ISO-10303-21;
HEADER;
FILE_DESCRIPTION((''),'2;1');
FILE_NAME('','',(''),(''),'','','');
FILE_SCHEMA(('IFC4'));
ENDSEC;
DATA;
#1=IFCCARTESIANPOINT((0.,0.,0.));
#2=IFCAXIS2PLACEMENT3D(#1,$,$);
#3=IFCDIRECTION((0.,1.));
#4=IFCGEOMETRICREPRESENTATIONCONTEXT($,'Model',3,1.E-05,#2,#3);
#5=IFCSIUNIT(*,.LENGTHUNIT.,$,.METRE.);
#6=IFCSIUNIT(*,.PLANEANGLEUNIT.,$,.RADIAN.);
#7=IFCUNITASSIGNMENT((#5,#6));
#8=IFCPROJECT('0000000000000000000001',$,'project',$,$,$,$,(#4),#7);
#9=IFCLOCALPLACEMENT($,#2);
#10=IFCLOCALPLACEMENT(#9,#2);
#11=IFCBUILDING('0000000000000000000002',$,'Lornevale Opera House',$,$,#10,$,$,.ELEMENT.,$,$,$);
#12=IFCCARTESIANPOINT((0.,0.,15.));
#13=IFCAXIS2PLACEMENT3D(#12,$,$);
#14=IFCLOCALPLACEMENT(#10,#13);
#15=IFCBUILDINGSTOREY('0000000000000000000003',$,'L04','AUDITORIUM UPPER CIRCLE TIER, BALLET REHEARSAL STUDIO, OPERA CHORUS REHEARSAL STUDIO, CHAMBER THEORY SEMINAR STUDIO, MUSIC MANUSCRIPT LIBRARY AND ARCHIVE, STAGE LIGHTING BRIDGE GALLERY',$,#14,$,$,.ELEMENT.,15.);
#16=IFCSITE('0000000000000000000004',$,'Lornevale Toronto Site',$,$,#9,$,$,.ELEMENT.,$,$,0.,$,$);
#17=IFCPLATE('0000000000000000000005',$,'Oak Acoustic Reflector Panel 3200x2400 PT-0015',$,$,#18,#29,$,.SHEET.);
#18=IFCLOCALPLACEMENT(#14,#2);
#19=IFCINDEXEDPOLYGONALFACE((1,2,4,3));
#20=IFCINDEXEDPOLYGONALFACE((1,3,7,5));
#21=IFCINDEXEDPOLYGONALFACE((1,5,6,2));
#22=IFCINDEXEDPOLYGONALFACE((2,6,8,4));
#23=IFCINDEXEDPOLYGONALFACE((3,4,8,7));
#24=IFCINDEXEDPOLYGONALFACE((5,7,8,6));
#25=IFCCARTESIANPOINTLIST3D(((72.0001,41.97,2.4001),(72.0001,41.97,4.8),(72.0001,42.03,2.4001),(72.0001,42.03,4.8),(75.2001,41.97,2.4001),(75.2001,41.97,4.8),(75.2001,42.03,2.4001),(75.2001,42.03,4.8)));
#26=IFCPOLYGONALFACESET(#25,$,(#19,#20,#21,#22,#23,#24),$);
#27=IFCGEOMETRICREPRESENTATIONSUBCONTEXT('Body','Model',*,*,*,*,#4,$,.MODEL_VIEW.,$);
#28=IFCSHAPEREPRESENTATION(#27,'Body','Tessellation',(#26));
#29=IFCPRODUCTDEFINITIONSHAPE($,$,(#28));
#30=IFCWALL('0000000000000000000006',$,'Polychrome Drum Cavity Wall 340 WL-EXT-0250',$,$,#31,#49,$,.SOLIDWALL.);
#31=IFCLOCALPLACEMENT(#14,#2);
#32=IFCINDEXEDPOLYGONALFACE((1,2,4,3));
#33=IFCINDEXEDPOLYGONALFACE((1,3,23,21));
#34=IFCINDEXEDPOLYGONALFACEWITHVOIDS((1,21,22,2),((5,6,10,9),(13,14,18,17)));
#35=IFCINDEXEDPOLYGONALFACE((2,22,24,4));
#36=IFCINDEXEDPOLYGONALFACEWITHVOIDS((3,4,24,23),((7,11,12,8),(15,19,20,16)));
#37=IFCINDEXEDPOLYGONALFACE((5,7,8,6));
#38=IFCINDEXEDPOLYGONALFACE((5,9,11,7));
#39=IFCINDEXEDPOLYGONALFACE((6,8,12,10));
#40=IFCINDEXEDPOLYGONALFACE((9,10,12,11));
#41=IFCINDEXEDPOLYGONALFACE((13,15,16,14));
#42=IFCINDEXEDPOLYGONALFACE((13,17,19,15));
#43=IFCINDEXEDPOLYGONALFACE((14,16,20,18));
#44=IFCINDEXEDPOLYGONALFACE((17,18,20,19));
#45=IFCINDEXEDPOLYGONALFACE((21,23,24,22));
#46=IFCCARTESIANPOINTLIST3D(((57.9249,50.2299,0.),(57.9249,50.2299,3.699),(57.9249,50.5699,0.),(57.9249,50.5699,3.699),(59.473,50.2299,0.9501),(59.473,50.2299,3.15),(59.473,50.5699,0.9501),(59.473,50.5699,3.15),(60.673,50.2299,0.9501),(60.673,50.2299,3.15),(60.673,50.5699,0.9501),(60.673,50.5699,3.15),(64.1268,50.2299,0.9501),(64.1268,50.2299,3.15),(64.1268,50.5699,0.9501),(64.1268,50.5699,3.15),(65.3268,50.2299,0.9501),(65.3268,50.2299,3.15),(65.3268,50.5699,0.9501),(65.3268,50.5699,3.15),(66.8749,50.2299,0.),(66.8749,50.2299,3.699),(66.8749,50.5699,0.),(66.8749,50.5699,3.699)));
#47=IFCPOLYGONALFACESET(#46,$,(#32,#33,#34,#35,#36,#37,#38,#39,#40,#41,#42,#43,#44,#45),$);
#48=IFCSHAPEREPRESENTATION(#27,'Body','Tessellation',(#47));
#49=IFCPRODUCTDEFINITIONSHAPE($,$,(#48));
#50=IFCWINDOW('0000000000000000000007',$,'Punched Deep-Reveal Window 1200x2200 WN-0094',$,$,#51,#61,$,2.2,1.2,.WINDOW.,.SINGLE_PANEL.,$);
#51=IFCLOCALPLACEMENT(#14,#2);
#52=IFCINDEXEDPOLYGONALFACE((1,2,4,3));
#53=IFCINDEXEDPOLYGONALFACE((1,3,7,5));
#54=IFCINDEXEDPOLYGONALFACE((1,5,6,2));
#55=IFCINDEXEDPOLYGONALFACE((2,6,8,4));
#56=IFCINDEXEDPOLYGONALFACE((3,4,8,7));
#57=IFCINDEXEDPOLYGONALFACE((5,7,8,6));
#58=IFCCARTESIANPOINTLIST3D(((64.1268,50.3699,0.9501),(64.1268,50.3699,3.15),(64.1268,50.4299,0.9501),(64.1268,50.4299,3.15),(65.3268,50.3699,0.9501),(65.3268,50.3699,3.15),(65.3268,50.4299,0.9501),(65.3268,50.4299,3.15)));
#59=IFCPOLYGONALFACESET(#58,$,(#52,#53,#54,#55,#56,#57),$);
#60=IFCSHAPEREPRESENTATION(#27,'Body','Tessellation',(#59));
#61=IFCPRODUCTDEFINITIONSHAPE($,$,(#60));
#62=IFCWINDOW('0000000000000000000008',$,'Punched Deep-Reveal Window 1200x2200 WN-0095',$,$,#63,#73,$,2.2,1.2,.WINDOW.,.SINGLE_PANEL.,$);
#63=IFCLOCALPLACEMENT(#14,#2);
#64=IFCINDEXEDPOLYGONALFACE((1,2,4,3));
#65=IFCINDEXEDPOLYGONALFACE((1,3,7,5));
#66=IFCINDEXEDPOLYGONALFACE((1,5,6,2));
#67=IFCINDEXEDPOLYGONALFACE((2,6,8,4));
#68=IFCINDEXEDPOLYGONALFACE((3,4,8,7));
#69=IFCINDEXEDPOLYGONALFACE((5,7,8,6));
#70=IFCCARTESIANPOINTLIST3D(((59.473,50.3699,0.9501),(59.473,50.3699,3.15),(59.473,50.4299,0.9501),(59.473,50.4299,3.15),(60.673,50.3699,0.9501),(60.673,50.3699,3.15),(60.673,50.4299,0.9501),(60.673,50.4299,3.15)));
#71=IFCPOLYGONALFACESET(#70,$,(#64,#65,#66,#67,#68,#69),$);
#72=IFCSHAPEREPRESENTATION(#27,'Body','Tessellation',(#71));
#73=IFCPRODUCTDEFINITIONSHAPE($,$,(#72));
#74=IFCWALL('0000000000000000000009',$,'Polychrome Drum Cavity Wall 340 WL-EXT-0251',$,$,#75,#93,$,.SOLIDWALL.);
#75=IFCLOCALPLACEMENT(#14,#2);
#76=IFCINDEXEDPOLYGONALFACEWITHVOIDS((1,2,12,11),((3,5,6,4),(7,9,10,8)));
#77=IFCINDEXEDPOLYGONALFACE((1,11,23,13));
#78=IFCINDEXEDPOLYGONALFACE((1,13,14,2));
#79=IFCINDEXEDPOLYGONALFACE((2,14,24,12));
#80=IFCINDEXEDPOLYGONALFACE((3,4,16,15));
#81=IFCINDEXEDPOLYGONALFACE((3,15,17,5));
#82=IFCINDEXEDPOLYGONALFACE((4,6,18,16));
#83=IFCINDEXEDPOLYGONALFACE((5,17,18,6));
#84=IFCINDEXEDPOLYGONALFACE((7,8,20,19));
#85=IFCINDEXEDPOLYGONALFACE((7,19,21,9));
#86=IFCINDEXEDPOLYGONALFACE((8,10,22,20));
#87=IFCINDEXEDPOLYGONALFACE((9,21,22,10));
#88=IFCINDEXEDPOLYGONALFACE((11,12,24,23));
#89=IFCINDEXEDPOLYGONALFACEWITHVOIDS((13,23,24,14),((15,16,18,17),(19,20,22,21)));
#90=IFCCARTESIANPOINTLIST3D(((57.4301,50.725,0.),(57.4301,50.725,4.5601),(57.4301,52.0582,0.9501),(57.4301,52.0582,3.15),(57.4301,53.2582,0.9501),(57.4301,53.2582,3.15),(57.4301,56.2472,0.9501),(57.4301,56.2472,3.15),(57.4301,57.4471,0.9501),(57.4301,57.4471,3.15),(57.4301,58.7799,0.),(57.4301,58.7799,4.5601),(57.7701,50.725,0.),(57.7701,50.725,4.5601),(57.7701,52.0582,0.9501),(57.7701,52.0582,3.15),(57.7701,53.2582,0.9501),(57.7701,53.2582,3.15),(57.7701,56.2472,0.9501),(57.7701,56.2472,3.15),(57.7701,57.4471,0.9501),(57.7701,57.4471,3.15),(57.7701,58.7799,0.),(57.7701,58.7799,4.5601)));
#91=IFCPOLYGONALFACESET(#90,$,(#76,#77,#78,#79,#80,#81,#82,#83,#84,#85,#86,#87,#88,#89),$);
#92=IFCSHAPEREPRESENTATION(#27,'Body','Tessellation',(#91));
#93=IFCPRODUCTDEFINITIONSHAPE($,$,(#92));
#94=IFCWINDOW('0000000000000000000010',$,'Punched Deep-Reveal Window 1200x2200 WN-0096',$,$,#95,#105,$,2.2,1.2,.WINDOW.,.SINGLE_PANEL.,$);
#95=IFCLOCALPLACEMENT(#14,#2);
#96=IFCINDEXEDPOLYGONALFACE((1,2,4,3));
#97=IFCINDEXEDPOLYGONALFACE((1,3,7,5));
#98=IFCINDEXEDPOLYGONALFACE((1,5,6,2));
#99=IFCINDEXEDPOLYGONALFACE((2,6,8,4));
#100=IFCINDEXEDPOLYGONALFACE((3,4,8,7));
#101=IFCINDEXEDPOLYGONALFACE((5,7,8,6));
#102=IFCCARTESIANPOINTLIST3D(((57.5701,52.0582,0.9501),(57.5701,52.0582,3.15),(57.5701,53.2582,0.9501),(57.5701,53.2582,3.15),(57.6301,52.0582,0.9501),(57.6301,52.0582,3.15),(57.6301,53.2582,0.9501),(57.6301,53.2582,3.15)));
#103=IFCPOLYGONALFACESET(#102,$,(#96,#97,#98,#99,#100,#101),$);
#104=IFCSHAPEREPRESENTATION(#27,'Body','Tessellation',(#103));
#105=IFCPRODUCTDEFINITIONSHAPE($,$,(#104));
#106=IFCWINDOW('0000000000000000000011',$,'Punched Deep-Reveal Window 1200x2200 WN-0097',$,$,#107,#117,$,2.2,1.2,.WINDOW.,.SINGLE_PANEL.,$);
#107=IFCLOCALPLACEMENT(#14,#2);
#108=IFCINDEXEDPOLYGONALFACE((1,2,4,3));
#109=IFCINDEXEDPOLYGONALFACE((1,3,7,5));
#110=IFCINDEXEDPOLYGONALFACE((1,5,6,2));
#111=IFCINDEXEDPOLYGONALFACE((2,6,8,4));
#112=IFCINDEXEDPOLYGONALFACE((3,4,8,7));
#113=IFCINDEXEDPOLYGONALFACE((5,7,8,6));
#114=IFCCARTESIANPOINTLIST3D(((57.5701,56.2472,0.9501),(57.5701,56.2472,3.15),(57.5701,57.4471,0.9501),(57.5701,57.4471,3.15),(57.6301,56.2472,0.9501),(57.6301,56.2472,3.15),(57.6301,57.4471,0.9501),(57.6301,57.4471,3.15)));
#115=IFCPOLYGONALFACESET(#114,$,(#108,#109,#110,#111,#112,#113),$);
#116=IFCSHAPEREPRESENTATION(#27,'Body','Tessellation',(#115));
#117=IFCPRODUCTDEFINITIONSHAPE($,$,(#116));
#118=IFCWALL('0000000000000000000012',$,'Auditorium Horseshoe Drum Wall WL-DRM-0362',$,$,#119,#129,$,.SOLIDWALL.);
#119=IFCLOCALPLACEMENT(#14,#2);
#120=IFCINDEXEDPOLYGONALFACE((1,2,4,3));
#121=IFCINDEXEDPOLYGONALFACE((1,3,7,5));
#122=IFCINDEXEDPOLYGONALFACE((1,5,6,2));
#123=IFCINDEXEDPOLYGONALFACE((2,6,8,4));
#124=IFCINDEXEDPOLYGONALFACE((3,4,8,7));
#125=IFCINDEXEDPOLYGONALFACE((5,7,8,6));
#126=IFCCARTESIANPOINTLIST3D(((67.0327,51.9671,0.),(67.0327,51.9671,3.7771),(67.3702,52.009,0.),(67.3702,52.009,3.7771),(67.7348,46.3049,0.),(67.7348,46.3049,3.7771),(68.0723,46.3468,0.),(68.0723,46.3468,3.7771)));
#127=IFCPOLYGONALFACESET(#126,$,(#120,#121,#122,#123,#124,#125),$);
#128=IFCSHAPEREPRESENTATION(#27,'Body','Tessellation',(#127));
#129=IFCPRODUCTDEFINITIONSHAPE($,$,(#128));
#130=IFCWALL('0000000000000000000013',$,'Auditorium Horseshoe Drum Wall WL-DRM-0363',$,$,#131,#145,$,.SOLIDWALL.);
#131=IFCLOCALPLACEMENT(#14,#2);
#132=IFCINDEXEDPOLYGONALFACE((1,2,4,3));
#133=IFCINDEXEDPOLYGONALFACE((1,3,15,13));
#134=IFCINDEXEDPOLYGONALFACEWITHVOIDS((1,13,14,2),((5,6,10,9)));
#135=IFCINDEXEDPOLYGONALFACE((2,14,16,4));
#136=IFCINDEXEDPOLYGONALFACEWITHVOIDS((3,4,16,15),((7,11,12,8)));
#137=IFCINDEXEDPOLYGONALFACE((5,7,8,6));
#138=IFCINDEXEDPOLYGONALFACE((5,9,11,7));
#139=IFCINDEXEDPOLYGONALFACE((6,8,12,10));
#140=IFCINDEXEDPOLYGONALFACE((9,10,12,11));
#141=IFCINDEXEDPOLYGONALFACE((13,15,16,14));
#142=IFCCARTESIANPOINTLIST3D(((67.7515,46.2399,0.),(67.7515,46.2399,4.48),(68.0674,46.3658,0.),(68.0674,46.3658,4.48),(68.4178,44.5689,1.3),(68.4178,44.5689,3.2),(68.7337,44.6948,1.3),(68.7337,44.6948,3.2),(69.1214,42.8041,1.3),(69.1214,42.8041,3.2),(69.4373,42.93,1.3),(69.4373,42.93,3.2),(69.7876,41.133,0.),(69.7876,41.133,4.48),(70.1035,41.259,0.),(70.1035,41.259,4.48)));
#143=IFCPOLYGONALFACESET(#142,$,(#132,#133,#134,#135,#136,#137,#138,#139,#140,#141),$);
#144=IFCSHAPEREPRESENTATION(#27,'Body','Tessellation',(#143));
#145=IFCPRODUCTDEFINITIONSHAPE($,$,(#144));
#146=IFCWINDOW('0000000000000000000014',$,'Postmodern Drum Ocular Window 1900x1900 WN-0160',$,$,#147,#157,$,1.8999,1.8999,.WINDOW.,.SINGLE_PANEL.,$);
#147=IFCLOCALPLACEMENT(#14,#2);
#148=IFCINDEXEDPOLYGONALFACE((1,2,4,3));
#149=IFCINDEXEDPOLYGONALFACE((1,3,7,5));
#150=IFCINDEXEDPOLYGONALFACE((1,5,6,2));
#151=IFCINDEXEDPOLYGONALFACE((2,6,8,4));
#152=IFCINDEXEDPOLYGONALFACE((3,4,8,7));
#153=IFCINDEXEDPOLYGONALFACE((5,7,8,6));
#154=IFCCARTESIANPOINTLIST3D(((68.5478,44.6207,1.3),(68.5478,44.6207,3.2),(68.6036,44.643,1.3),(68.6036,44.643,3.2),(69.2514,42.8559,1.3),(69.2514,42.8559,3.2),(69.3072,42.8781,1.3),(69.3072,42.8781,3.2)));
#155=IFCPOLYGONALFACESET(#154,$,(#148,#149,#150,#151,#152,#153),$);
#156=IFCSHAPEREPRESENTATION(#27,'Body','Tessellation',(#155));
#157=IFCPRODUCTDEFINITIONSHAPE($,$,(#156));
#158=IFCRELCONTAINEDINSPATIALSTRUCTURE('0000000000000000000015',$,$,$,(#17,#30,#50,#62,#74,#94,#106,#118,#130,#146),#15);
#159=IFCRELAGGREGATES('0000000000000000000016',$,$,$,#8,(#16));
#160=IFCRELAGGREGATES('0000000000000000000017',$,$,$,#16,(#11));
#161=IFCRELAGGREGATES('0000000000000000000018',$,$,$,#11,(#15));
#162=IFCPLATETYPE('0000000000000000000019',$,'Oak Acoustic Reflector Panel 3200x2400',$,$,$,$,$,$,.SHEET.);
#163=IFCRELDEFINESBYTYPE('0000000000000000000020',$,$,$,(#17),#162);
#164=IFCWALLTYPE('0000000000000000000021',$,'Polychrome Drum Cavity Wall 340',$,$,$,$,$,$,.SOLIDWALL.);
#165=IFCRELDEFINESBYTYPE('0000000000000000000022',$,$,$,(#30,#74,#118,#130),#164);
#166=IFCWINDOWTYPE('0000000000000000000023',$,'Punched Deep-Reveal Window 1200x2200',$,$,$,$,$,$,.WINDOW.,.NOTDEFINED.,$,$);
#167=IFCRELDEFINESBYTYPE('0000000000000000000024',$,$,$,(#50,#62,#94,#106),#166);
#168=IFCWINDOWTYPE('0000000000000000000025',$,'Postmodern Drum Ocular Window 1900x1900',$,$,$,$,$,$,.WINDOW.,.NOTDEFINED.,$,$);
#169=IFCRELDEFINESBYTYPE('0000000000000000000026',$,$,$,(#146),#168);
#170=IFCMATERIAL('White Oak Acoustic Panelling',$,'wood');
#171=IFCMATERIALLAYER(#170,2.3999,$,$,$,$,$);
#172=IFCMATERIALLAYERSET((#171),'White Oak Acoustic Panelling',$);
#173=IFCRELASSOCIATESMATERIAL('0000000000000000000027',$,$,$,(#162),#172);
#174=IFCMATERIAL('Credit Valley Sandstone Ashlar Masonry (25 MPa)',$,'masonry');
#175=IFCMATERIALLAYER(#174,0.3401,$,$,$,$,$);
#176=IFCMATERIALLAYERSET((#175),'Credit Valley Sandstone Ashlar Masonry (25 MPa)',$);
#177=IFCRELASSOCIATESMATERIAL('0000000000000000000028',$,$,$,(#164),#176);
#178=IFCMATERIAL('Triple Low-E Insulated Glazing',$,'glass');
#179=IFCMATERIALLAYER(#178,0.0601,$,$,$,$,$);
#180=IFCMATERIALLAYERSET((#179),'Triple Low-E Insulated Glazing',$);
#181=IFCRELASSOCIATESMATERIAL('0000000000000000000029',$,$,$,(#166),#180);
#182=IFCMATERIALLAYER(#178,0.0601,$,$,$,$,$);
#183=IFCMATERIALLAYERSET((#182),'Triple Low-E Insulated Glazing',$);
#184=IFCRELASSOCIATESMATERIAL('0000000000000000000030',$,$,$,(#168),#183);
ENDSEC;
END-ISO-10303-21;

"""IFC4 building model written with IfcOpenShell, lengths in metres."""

from ifc_helpers import new_model, si_unit, direction, frame, frame_2d, origin, origin_2d, place, context, subcontext, project, spatial, rectangle, extrude, material, layer, layer_set, type_object, element, fill, save


model = new_model("IFC4")

# Units and contexts
model_context = context("Model", 3, precision=1e-05, world=origin(), true_north=direction((0.0, 1.0)))
body_context = subcontext(model_context, "Body", "Model", "MODEL_VIEW")
ifc_project = project(units=[si_unit("LENGTHUNIT", "METRE"), si_unit("PLANEANGLEUNIT", "RADIAN")], contexts=[model_context])

# Site, building, storey
site_placement = place(None, origin())
site = spatial("IfcSite", under=ifc_project, at=site_placement, Name="Lornevale Toronto Site", CompositionType="ELEMENT", RefElevation=0.0)
building_placement = place(site_placement, origin())
building = spatial("IfcBuilding", under=site, at=building_placement, Name="Lornevale Opera House", CompositionType="ELEMENT")
storey_placement = place(building_placement, frame((0.0, 0.0, 15.0)))
storey = spatial("IfcBuildingStorey", under=building, at=storey_placement, Name="L04", Description="AUDITORIUM UPPER CIRCLE TIER, BALLET REHEARSAL STUDIO, OPERA CHORUS REHEARSAL STUDIO, CHAMBER THEORY SEMINAR STUDIO, MUSIC MANUSCRIPT LIBRARY AND ARCHIVE, STAGE LIGHTING BRIDGE GALLERY", CompositionType="ELEMENT", Elevation=15.0)

# Plate
ifc_material_1 = material(Name="White Oak Acoustic Panelling", Category="wood")
ifc_layer_1 = layer(ifc_material_1, 2.3999)
ifc_layer_set_1 = layer_set([ifc_layer_1], Name="White Oak Acoustic Panelling")
plate_type = type_object("IfcPlateType", Name="Oak Acoustic Reflector Panel 3200x2400", PredefinedType="SHEET", material=ifc_layer_set_1)
plate_placement = place(storey_placement, frame((73.6001, 42.0, 2.4001), z_axis=(0.0, 0.0, 1.0), x_axis=(1.0, 0.0, 0.0)))
element("IfcPlate", 1, at=plate_placement, inside=storey, type_object=plate_type, Name="Oak Acoustic Reflector Panel 3200x2400 PT-0015", PredefinedType="SHEET", context=body_context, shape_type="SweptSolid", body=[
    extrude(rectangle(XDim=3.2, YDim=0.0601, at=origin_2d()), origin(), (0.0, 0.0, 1.0), 2.3999),
])

# Walls, openings, windows
ifc_material_2 = material(Name="Credit Valley Sandstone Ashlar Masonry (25 MPa)", Category="masonry")
ifc_layer_2 = layer(ifc_material_2, 0.3401)
ifc_layer_set_2 = layer_set([ifc_layer_2], Name="Credit Valley Sandstone Ashlar Masonry (25 MPa)")
wall_type = type_object("IfcWallType", Name="Polychrome Drum Cavity Wall 340", PredefinedType="SOLIDWALL", material=ifc_layer_set_2)
wall_1_placement = place(storey_placement, frame((66.875, 50.3999, 0.0), z_axis=(0.0, 0.0, 1.0), x_axis=(-1.0, 0.0, 0.0)))
wall_1 = element("IfcWall", 2, at=wall_1_placement, inside=storey, type_object=wall_type, Name="Polychrome Drum Cavity Wall 340 WL-EXT-0250", PredefinedType="SOLIDWALL", context=body_context, shape_type="SweptSolid", body=[
    extrude(rectangle(XDim=8.95, YDim=0.3401, at=frame_2d((4.4751, 0.0))), origin(), (0.0, 0.0, 1.0), 3.699),
])
opening_1_placement = place(wall_1_placement, frame((1.5481, 0.0, 0.95)))
opening_1 = element("IfcOpeningElement", 3, at=opening_1_placement, cuts=wall_1, PredefinedType="OPENING", context=body_context, shape_type="SweptSolid", body=[
    extrude(rectangle(XDim=1.2, YDim=2.2, at=frame_2d((0.6001, 1.1001))), frame((0.0, 0.1799, 0.0), z_axis=(0.0, -1.0, 0.0), x_axis=(1.0, 0.0, 0.0)), (0.0, 0.0, 1.0), 0.3601),
])
opening_2_placement = place(wall_1_placement, frame((6.2019, 0.0, 0.95)))
opening_2 = element("IfcOpeningElement", 4, at=opening_2_placement, cuts=wall_1, PredefinedType="OPENING", context=body_context, shape_type="SweptSolid", body=[
    extrude(rectangle(XDim=1.2, YDim=2.2, at=frame_2d((0.6001, 1.1001))), frame((0.0, 0.1799, 0.0), z_axis=(0.0, -1.0, 0.0), x_axis=(1.0, 0.0, 0.0)), (0.0, 0.0, 1.0), 0.3601),
])
ifc_material_3 = material(Name="Triple Low-E Insulated Glazing", Category="glass")
ifc_layer_3 = layer(ifc_material_3, 0.0601)
ifc_layer_set_3 = layer_set([ifc_layer_3], Name="Triple Low-E Insulated Glazing")
window_type_1 = type_object("IfcWindowType", Name="Punched Deep-Reveal Window 1200x2200", PartitioningType="NOTDEFINED", PredefinedType="WINDOW", material=ifc_layer_set_3)
window_1_placement = place(opening_1_placement, origin())
window_1 = element("IfcWindow", 5, at=window_1_placement, inside=storey, type_object=window_type_1, Name="Punched Deep-Reveal Window 1200x2200 WN-0094", OverallHeight=2.2, OverallWidth=1.2, PartitioningType="SINGLE_PANEL", PredefinedType="WINDOW", context=body_context, shape_type="SweptSolid", body=[
    extrude(rectangle(XDim=1.2, YDim=2.2, at=frame_2d((0.6001, 1.1001))), frame((0.0, 0.03, 0.0), z_axis=(0.0, -1.0, 0.0), x_axis=(1.0, 0.0, 0.0)), (0.0, 0.0, 1.0), 0.0601),
])
fill(opening_1, window_1)
window_2_placement = place(opening_2_placement, origin())
window_2 = element("IfcWindow", 6, at=window_2_placement, inside=storey, type_object=window_type_1, Name="Punched Deep-Reveal Window 1200x2200 WN-0095", OverallHeight=2.2, OverallWidth=1.2, PartitioningType="SINGLE_PANEL", PredefinedType="WINDOW", context=body_context, shape_type="SweptSolid", body=[
    extrude(rectangle(XDim=1.2, YDim=2.2, at=frame_2d((0.6001, 1.1001))), frame((0.0, 0.03, 0.0), z_axis=(0.0, -1.0, 0.0), x_axis=(1.0, 0.0, 0.0)), (0.0, 0.0, 1.0), 0.0601),
])
fill(opening_2, window_2)
wall_2_placement = place(storey_placement, frame((57.6001, 50.7251, 0.0), z_axis=(0.0, 0.0, 1.0), x_axis=(0.0, 1.0, 0.0)))
wall_2 = element("IfcWall", 7, at=wall_2_placement, inside=storey, type_object=wall_type, Name="Polychrome Drum Cavity Wall 340 WL-EXT-0251", PredefinedType="SOLIDWALL", context=body_context, shape_type="SweptSolid", body=[
    extrude(rectangle(XDim=8.0549, YDim=0.3401, at=frame_2d((4.0273, 0.0))), origin(), (0.0, 0.0, 1.0), 4.5601),
])
opening_3_placement = place(wall_2_placement, frame((1.333, 0.0, 0.95)))
opening_3 = element("IfcOpeningElement", 8, at=opening_3_placement, cuts=wall_2, PredefinedType="OPENING", context=body_context, shape_type="SweptSolid", body=[
    extrude(rectangle(XDim=1.2, YDim=2.2, at=frame_2d((0.6001, 1.1001))), frame((0.0, 0.1799, 0.0), z_axis=(0.0, -1.0, 0.0), x_axis=(1.0, 0.0, 0.0)), (0.0, 0.0, 1.0), 0.3601),
])
opening_4_placement = place(wall_2_placement, frame((5.522, 0.0, 0.95)))
opening_4 = element("IfcOpeningElement", 9, at=opening_4_placement, cuts=wall_2, PredefinedType="OPENING", context=body_context, shape_type="SweptSolid", body=[
    extrude(rectangle(XDim=1.2, YDim=2.2, at=frame_2d((0.6001, 1.1001))), frame((0.0, 0.1799, 0.0), z_axis=(0.0, -1.0, 0.0), x_axis=(1.0, 0.0, 0.0)), (0.0, 0.0, 1.0), 0.3601),
])
window_3_placement = place(opening_3_placement, origin())
window_3 = element("IfcWindow", 10, at=window_3_placement, inside=storey, type_object=window_type_1, Name="Punched Deep-Reveal Window 1200x2200 WN-0096", OverallHeight=2.2, OverallWidth=1.2, PartitioningType="SINGLE_PANEL", PredefinedType="WINDOW", context=body_context, shape_type="SweptSolid", body=[
    extrude(rectangle(XDim=1.2, YDim=2.2, at=frame_2d((0.6001, 1.1001))), frame((0.0, 0.03, 0.0), z_axis=(0.0, -1.0, 0.0), x_axis=(1.0, 0.0, 0.0)), (0.0, 0.0, 1.0), 0.0601),
])
fill(opening_3, window_3)
window_4_placement = place(opening_4_placement, origin())
window_4 = element("IfcWindow", 11, at=window_4_placement, inside=storey, type_object=window_type_1, Name="Punched Deep-Reveal Window 1200x2200 WN-0097", OverallHeight=2.2, OverallWidth=1.2, PartitioningType="SINGLE_PANEL", PredefinedType="WINDOW", context=body_context, shape_type="SweptSolid", body=[
    extrude(rectangle(XDim=1.2, YDim=2.2, at=frame_2d((0.6001, 1.1001))), frame((0.0, 0.03, 0.0), z_axis=(0.0, -1.0, 0.0), x_axis=(1.0, 0.0, 0.0)), (0.0, 0.0, 1.0), 0.0601),
])
fill(opening_4, window_4)

# Wall
wall_3_placement = place(storey_placement, frame((67.2014, 51.988, 0.0), z_axis=(0.0, 0.0, 1.0), x_axis=(0.123066, -0.992399, 0.0)))
element("IfcWall", 12, at=wall_3_placement, inside=storey, type_object=wall_type, Name="Auditorium Horseshoe Drum Wall WL-DRM-0362", PredefinedType="SOLIDWALL", context=body_context, shape_type="SweptSolid", body=[
    extrude(rectangle(XDim=5.7056, YDim=0.3401, at=frame_2d((2.8528, 0.0))), origin(), (0.0, 0.0, 1.0), 3.7771),
])

# Wall, opening, window
wall_4_placement = place(storey_placement, frame((67.9094, 46.303, 0.0), z_axis=(0.0, 0.0, 1.0), x_axis=(0.370349, -0.928893, 0.0)))
wall_4 = element("IfcWall", 13, at=wall_4_placement, inside=storey, type_object=wall_type, Name="Auditorium Horseshoe Drum Wall WL-DRM-0363", PredefinedType="SOLIDWALL", context=body_context, shape_type="SweptSolid", body=[
    extrude(rectangle(XDim=5.4978, YDim=0.3401, at=frame_2d((2.749, 0.0))), origin(), (0.0, 0.0, 1.0), 4.48),
])
opening_5_placement = place(wall_4_placement, frame((1.7991, 0.0, 1.3)))
opening_5 = element("IfcOpeningElement", 14, at=opening_5_placement, cuts=wall_4, PredefinedType="OPENING", context=body_context, shape_type="SweptSolid", body=[
    extrude(rectangle(XDim=1.8999, YDim=1.8999, at=frame_2d((0.95, 0.95))), frame((0.0, 0.1799, 0.0), z_axis=(0.0, -1.0, 0.0), x_axis=(1.0, 0.0, 0.0)), (0.0, 0.0, 1.0), 0.3601),
])
ifc_layer_4 = layer(ifc_material_3, 0.0601)
ifc_layer_set_4 = layer_set([ifc_layer_4], Name="Triple Low-E Insulated Glazing")
window_type_2 = type_object("IfcWindowType", Name="Postmodern Drum Ocular Window 1900x1900", PartitioningType="NOTDEFINED", PredefinedType="WINDOW", material=ifc_layer_set_4)
window_5_placement = place(opening_5_placement, origin())
window_5 = element("IfcWindow", 15, at=window_5_placement, inside=storey, type_object=window_type_2, Name="Postmodern Drum Ocular Window 1900x1900 WN-0160", OverallHeight=1.8999, OverallWidth=1.8999, PartitioningType="SINGLE_PANEL", PredefinedType="WINDOW", context=body_context, shape_type="SweptSolid", body=[
    extrude(rectangle(XDim=1.8999, YDim=1.8999, at=frame_2d((0.95, 0.95))), frame((0.0, 0.03, 0.0), z_axis=(0.0, -1.0, 0.0), x_axis=(1.0, 0.0, 0.0)), (0.0, 0.0, 1.0), 0.0601),
])
fill(opening_5, window_5)

save(model, "model.ifc")
